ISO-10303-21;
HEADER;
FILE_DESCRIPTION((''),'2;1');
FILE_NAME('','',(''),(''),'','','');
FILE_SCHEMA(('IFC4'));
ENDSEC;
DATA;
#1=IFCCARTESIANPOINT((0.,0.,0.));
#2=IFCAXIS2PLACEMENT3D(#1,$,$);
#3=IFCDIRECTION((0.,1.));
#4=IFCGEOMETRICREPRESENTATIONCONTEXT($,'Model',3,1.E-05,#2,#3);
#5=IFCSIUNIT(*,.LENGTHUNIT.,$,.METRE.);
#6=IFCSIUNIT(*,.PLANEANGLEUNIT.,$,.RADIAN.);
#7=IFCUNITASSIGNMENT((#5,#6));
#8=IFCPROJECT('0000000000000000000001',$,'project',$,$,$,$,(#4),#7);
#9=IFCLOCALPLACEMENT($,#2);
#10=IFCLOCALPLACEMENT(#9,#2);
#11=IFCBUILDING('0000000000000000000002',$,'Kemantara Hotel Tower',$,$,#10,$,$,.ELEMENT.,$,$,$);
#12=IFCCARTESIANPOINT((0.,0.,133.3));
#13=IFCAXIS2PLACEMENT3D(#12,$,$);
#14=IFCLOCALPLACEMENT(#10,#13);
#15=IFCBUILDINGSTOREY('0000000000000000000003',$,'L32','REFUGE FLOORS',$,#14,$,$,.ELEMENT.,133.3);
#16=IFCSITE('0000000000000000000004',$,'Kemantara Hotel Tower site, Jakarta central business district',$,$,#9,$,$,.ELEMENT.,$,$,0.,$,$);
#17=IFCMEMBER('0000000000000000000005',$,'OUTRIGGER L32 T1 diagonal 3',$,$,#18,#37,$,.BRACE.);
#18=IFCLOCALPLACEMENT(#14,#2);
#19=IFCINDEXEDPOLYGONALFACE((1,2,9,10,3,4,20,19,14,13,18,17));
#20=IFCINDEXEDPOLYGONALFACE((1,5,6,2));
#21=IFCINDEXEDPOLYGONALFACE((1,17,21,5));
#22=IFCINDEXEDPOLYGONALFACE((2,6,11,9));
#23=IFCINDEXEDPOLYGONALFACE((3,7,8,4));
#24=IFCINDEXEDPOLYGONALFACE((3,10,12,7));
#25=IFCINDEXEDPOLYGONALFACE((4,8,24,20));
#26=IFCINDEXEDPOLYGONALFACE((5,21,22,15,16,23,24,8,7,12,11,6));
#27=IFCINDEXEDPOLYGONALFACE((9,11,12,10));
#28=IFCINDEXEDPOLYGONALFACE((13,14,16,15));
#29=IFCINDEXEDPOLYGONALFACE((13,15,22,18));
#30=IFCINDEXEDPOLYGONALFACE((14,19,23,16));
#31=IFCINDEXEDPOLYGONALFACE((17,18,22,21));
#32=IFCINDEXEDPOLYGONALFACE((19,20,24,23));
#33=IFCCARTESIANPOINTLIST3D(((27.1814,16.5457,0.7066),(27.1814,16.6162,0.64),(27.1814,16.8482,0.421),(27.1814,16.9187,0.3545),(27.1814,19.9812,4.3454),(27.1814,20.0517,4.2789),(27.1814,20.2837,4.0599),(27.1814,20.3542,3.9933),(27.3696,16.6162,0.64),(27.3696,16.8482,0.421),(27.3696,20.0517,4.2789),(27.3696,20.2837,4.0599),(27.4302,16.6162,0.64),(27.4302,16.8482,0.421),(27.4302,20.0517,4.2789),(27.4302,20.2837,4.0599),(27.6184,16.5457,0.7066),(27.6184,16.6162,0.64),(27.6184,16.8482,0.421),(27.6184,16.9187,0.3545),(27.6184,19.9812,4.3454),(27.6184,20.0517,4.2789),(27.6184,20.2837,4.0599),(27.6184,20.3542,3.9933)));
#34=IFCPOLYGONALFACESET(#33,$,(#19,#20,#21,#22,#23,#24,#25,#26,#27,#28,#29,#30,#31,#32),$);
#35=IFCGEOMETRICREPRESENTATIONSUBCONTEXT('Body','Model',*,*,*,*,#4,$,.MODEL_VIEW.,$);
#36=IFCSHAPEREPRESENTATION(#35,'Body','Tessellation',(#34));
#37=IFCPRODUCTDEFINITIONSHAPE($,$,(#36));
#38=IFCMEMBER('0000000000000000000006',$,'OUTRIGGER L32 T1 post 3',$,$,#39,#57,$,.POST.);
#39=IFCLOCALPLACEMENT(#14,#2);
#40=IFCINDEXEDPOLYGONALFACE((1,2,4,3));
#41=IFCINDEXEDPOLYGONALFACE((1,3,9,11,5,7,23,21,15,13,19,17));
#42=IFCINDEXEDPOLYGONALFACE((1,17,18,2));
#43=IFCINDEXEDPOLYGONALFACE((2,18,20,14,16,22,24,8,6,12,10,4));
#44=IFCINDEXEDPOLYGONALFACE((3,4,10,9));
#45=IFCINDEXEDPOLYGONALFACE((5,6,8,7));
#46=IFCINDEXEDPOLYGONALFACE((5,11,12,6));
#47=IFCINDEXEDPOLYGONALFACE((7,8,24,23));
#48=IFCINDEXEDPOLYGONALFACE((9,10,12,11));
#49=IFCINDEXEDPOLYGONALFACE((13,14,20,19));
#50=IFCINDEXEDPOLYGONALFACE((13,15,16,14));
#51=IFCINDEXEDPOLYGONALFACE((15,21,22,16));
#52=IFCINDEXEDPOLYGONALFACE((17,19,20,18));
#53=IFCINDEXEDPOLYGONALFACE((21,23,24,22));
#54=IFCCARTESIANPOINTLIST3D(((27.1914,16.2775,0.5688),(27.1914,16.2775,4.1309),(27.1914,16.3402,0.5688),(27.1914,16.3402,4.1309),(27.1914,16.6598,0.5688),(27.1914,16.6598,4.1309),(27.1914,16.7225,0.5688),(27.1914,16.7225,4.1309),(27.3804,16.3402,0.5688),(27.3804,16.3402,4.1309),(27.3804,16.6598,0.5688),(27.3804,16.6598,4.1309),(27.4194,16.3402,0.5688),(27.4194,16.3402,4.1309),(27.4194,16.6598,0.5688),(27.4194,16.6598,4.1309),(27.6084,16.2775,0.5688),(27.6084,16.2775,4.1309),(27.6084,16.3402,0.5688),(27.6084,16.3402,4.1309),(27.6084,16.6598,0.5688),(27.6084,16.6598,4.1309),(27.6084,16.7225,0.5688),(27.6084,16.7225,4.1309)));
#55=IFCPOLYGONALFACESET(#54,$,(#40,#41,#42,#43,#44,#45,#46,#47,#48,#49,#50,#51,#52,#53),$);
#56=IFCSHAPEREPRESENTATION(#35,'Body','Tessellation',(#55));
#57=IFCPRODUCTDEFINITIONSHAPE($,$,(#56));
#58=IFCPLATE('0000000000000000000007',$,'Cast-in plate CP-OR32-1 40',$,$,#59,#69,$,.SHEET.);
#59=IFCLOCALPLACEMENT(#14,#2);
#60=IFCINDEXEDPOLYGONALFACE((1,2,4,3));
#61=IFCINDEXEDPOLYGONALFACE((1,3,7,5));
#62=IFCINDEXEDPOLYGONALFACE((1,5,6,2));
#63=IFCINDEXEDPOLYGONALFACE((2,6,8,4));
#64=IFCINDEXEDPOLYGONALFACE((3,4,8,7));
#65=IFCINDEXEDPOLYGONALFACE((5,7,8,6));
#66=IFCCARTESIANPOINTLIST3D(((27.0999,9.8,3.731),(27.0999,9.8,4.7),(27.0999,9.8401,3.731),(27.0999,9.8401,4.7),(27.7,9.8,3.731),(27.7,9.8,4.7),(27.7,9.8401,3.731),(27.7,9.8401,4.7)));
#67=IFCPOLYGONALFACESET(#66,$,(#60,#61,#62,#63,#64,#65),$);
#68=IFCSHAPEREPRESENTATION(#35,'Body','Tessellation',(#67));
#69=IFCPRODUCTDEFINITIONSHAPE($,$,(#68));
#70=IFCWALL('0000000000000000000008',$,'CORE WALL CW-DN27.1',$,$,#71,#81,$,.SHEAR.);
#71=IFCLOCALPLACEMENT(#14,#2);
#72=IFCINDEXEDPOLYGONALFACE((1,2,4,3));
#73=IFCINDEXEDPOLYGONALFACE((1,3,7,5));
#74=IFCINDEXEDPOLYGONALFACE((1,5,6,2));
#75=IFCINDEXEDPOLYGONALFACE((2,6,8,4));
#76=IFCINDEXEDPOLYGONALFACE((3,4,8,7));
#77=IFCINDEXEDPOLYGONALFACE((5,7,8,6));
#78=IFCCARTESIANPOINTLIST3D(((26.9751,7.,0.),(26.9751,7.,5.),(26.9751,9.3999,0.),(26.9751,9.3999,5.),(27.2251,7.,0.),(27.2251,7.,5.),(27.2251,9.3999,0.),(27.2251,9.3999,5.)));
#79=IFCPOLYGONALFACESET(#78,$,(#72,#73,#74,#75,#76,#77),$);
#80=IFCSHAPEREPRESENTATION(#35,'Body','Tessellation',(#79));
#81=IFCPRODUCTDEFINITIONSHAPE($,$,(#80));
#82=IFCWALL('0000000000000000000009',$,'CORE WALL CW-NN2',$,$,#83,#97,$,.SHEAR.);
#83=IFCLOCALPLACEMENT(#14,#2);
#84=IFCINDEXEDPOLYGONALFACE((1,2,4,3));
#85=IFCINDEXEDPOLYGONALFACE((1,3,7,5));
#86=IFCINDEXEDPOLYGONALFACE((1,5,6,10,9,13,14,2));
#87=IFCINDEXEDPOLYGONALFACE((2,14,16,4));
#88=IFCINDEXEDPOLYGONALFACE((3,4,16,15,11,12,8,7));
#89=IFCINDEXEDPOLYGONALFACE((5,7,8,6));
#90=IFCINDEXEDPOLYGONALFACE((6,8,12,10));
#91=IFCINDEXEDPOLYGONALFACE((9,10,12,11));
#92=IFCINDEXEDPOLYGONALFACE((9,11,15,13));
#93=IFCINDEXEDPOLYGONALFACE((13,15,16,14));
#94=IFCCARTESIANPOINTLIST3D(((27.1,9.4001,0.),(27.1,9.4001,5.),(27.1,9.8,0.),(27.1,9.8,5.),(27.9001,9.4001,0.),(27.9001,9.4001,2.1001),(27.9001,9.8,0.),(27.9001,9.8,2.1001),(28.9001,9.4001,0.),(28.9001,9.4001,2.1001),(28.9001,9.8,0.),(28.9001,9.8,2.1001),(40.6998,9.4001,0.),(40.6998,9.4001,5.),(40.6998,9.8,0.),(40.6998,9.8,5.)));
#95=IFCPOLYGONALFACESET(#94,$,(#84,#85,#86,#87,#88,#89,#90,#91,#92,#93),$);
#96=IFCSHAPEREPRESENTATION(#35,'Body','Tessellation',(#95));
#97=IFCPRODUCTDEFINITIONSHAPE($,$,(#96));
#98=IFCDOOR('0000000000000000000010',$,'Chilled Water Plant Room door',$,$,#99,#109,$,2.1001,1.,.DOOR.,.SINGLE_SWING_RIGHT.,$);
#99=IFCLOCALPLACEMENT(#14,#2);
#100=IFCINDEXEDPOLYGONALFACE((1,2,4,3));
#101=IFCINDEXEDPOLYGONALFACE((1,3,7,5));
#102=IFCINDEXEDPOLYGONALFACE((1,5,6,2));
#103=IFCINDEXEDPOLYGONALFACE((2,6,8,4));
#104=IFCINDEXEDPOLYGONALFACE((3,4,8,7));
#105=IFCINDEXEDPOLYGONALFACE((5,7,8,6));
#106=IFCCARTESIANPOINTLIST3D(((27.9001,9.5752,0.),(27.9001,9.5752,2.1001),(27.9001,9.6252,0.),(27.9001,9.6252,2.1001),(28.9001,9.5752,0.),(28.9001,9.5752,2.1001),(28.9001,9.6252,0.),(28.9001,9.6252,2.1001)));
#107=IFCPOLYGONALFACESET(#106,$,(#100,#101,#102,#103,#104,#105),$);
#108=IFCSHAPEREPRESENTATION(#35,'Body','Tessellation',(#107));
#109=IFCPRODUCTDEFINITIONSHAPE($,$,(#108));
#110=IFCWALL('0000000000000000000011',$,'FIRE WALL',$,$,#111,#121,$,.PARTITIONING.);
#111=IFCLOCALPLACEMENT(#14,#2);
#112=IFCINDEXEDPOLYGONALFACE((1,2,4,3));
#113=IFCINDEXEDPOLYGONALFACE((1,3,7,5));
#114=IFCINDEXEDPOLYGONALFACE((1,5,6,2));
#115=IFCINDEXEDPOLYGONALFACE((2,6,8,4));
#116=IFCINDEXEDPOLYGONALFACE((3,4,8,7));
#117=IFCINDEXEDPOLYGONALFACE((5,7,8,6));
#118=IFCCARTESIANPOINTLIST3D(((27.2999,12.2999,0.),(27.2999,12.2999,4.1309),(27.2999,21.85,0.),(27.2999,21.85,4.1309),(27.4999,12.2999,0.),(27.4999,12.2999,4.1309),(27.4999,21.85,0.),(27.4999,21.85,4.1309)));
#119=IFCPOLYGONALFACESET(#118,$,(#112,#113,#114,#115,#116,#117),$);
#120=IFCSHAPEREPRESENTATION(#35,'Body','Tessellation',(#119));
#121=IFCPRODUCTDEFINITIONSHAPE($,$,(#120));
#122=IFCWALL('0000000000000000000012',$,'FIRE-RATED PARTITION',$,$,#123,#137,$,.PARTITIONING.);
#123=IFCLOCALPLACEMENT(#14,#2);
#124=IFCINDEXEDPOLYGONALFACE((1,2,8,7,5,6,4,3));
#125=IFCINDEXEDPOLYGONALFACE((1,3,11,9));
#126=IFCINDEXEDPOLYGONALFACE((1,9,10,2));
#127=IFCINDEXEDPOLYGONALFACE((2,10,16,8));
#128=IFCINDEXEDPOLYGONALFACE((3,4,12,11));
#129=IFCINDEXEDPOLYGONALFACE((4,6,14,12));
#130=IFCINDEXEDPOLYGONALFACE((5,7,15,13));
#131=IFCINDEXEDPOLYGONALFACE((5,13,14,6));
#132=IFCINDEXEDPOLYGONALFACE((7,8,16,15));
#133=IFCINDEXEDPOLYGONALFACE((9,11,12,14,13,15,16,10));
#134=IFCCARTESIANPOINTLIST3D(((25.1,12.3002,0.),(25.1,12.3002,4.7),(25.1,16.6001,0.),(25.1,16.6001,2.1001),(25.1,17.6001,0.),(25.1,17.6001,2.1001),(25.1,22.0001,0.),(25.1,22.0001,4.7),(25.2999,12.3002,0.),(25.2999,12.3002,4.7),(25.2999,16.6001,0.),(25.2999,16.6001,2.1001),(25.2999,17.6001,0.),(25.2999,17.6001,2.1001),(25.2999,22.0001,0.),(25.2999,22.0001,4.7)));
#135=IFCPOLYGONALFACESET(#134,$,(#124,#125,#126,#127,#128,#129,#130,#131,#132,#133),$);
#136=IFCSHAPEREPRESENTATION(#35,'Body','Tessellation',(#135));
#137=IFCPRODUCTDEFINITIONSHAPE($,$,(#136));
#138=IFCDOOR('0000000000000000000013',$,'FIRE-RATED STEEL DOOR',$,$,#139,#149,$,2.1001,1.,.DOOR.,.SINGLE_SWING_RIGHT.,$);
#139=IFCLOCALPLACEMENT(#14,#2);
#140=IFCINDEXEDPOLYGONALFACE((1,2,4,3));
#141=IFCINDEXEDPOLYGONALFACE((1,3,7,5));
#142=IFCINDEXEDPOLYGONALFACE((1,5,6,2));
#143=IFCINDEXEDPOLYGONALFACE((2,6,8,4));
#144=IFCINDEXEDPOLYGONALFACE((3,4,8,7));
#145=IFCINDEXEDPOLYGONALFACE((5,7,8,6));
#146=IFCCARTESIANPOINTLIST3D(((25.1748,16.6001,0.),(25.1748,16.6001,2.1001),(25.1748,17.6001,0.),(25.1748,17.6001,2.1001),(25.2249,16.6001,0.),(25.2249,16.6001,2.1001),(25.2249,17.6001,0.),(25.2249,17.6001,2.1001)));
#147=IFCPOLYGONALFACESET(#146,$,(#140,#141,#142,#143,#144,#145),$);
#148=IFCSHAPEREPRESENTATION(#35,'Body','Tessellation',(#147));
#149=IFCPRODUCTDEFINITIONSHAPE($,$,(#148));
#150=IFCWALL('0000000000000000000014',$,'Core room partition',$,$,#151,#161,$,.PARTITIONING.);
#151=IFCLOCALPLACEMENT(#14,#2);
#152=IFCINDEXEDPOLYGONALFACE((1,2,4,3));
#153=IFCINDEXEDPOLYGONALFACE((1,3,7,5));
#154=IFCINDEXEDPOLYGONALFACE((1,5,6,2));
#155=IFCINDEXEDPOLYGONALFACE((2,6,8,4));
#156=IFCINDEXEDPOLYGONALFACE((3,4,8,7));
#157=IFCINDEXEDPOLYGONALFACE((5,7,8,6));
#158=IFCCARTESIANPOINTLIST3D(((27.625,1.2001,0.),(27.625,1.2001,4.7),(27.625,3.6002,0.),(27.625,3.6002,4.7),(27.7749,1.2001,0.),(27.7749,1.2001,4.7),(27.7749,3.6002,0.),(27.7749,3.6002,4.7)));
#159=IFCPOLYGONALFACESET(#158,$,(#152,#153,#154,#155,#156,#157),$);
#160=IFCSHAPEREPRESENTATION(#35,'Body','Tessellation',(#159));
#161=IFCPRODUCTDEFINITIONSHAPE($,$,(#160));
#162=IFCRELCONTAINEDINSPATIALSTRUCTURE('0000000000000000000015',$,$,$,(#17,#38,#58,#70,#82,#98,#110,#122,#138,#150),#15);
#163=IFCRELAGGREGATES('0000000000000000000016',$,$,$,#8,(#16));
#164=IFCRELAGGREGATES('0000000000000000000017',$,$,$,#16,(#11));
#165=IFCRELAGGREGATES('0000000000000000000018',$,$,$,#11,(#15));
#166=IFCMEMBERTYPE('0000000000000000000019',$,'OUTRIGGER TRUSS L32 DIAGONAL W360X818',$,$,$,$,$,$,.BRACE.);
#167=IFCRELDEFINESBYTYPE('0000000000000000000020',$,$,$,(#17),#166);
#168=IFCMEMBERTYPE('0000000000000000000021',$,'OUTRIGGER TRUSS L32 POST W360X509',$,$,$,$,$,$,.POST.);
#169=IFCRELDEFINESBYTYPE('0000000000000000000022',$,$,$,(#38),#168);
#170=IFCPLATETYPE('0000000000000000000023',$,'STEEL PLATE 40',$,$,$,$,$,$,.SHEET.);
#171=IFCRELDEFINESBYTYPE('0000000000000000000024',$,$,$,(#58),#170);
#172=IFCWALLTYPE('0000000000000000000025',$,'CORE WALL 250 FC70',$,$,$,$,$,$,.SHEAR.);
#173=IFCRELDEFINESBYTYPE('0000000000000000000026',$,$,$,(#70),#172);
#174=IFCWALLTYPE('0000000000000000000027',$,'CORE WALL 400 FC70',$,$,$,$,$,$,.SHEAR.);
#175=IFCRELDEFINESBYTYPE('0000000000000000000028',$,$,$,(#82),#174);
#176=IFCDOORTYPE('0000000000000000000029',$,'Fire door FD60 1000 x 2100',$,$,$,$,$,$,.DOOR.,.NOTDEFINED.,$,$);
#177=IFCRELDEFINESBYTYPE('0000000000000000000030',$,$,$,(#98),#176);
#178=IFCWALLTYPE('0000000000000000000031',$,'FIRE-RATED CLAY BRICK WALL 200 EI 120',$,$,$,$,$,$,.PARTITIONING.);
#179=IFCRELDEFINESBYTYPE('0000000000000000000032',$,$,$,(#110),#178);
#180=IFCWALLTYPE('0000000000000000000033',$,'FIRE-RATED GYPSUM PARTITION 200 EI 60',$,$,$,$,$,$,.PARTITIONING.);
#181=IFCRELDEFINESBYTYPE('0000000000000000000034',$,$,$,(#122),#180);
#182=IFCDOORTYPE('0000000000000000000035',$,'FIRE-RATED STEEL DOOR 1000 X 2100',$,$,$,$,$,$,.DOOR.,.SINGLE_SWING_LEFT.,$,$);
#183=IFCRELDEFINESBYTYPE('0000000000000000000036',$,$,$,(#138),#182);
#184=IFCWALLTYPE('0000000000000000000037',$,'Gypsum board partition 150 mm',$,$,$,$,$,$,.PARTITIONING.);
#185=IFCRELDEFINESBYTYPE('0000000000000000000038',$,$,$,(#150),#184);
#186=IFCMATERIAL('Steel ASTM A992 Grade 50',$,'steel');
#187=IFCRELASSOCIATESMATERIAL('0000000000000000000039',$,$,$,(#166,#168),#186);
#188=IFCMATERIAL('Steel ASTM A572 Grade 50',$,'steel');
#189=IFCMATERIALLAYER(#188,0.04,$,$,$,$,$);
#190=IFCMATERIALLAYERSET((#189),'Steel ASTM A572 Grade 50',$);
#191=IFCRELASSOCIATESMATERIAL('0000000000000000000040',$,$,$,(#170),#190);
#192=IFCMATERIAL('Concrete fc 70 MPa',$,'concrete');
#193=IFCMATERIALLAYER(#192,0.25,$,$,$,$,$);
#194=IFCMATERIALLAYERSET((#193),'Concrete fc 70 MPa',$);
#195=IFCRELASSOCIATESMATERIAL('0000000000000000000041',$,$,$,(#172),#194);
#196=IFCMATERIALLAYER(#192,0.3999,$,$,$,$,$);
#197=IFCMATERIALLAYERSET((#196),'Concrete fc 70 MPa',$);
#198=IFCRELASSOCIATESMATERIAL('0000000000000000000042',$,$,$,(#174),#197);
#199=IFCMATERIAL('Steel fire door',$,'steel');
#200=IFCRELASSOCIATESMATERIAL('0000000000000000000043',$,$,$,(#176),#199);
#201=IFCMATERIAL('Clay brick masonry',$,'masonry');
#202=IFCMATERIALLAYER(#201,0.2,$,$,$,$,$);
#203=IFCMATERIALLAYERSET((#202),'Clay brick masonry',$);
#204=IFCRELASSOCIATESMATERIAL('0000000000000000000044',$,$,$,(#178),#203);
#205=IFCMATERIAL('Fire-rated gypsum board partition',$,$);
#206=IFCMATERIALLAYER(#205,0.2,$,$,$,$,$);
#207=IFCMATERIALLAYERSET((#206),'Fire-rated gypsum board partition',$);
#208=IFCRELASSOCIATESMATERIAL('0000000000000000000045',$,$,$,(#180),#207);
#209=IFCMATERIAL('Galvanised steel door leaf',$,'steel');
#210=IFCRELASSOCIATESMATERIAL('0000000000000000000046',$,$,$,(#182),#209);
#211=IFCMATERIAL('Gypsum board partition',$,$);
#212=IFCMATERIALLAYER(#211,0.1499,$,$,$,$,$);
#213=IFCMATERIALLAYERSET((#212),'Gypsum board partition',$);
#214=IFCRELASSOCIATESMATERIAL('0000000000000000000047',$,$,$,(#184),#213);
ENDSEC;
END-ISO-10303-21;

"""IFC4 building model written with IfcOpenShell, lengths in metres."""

from ifc_helpers import new_model, si_unit, direction, frame, frame_2d, origin, origin_2d, place, context, subcontext, project, spatial, rectangle, i_section, extrude, source, transform, mapped, material, layer, layer_set, material_profile, profile_set, type_object, element, fill, save


model = new_model("IFC4")

# Units and contexts
model_context = context("Model", 3, precision=1e-05, world=origin(), true_north=direction((0.0, 1.0)))
body_context = subcontext(model_context, "Body", "Model", "MODEL_VIEW")
ifc_project = project(units=[si_unit("LENGTHUNIT", "METRE"), si_unit("PLANEANGLEUNIT", "RADIAN")], contexts=[model_context])

# Site, building, storey
site_placement = place(None, origin())
site = spatial("IfcSite", under=ifc_project, at=site_placement, Name="Kemantara Hotel Tower site, Jakarta central business district", CompositionType="ELEMENT", RefElevation=0.0)
building_placement = place(site_placement, origin())
building = spatial("IfcBuilding", under=site, at=building_placement, Name="Kemantara Hotel Tower", CompositionType="ELEMENT")
storey_placement = place(building_placement, frame((0.0, 0.0, 133.3)))
storey = spatial("IfcBuildingStorey", under=building, at=storey_placement, Name="L32", Description="REFUGE FLOORS", CompositionType="ELEMENT", Elevation=133.3)

# Shared definitions
ifc_material_1 = material(Name="Concrete fc 70 MPa", Category="concrete")

# Shared definitions
ifc_material_2 = material(Name="Steel ASTM A992 Grade 50", Category="steel")

# Members
ifc_material_profile_1 = material_profile(ifc_material_2, i_section(OverallWidth=0.437, OverallDepth=0.5129, WebThickness=0.0605, FlangeThickness=0.0969, at=origin_2d()), Name="W360X818")
ifc_profile_set_1 = profile_set([ifc_material_profile_1], Name="Steel ASTM A992 Grade 50")
member_type_1 = type_object("IfcMemberType", Name="OUTRIGGER TRUSS L32 DIAGONAL W360X818", PredefinedType="BRACE", material=ifc_profile_set_1)
member_1_placement = place(storey_placement, frame((27.3999, 16.7322, 0.5305), z_axis=(0.0, 0.686496, 0.727134), x_axis=(-1.0, 0.0, 0.0)))
element("IfcMember", 1, at=member_1_placement, inside=storey, type_object=member_type_1, Name="OUTRIGGER L32 T1 diagonal 3", PredefinedType="BRACE", context=body_context, shape_type="SweptSolid", body=[
    extrude(i_section(OverallWidth=0.437, OverallDepth=0.5129, WebThickness=0.0605, FlangeThickness=0.0969, at=origin_2d()), origin(), (0.0, 0.0, 1.0), 5.0044),
])
ifc_material_profile_2 = material_profile(ifc_material_2, i_section(OverallWidth=0.417, OverallDepth=0.4451, WebThickness=0.0391, FlangeThickness=0.0627, at=origin_2d()), Name="W360X509")
ifc_profile_set_2 = profile_set([ifc_material_profile_2], Name="Steel ASTM A992 Grade 50")
member_type_2 = type_object("IfcMemberType", Name="OUTRIGGER TRUSS L32 POST W360X509", PredefinedType="POST", material=ifc_profile_set_2)
member_2_placement = place(storey_placement, frame((27.3999, 16.5, 0.5688), z_axis=(0.0, 0.0, 1.0), x_axis=(1.0, 0.0, 0.0)))
element("IfcMember", 2, at=member_2_placement, inside=storey, type_object=member_type_2, Name="OUTRIGGER L32 T1 post 3", PredefinedType="POST", context=body_context, shape_type="SweptSolid", body=[
    extrude(i_section(OverallWidth=0.417, OverallDepth=0.4451, WebThickness=0.0391, FlangeThickness=0.0627, at=origin_2d()), origin(), (0.0, 0.0, 1.0), 3.562),
])

# Plate
ifc_material_3 = material(Name="Steel ASTM A572 Grade 50", Category="steel")
ifc_layer_1 = layer(ifc_material_3, 0.04)
ifc_layer_set_1 = layer_set([ifc_layer_1], Name="Steel ASTM A572 Grade 50")
plate_type = type_object("IfcPlateType", Name="STEEL PLATE 40", PredefinedType="SHEET", material=ifc_layer_set_1)
shared_shape_1 = source(origin(), body_context, "Body", "SweptSolid", [
    extrude(rectangle(XDim=0.6001, YDim=0.04, at=origin_2d()), origin(), (0.0, 0.0, 1.0), 0.969),
])
plate_placement = place(storey_placement, frame((27.3999, 9.8201, 3.731), z_axis=(0.0, 0.0, 1.0), x_axis=(1.0, 0.0, 0.0)))
element("IfcPlate", 3, at=plate_placement, inside=storey, type_object=plate_type, Name="Cast-in plate CP-OR32-1 40", PredefinedType="SHEET", context=body_context, shape_type="MappedRepresentation", body=[
    mapped(shared_shape_1, transform((0.0, 0.0, 0.0))),
])

# Wall
ifc_layer_2 = layer(ifc_material_1, 0.25)
ifc_layer_set_2 = layer_set([ifc_layer_2], Name="Concrete fc 70 MPa")
wall_type_1 = type_object("IfcWallType", Name="CORE WALL 250 FC70", PredefinedType="SHEAR", material=ifc_layer_set_2)
wall_1_placement = place(storey_placement, frame((27.1001, 7.0, 0.0), z_axis=(0.0, 0.0, 1.0), x_axis=(0.0, 1.0, 0.0)))
element("IfcWall", 4, at=wall_1_placement, inside=storey, type_object=wall_type_1, Name="CORE WALL CW-DN27.1", PredefinedType="SHEAR", context=body_context, shape_type="SweptSolid", body=[
    extrude(rectangle(XDim=2.3999, YDim=0.25, at=frame_2d((1.2, 0.0))), origin(), (0.0, 0.0, 1.0), 5.0),
])

# Wall, opening, door
ifc_layer_3 = layer(ifc_material_1, 0.3999)
ifc_layer_set_3 = layer_set([ifc_layer_3], Name="Concrete fc 70 MPa")
wall_type_2 = type_object("IfcWallType", Name="CORE WALL 400 FC70", PredefinedType="SHEAR", material=ifc_layer_set_3)
wall_2_placement = place(storey_placement, frame((27.1001, 9.6001, 0.0), z_axis=(0.0, 0.0, 1.0), x_axis=(1.0, 0.0, 0.0)))
wall_2 = element("IfcWall", 5, at=wall_2_placement, inside=storey, type_object=wall_type_2, Name="CORE WALL CW-NN2", PredefinedType="SHEAR", context=body_context, shape_type="SweptSolid", body=[
    extrude(rectangle(XDim=13.5999, YDim=0.3999, at=frame_2d((6.7998, 0.0))), origin(), (0.0, 0.0, 1.0), 5.0),
])
opening_1_placement = place(wall_2_placement, frame((0.8, 0.0, 0.0)))
opening_1 = element("IfcOpeningElement", 6, at=opening_1_placement, cuts=wall_2, PredefinedType="OPENING", context=body_context, shape_type="SweptSolid", body=[
    extrude(rectangle(XDim=1.0, YDim=2.1001, at=frame_2d((0.5, 1.05))), frame((0.0, 0.21, 0.0), z_axis=(0.0, -1.0, 0.0), x_axis=(1.0, 0.0, 0.0)), (0.0, 0.0, 1.0), 0.4199),
])
ifc_material_4 = material(Name="Steel fire door", Category="steel")
door_type_1 = type_object("IfcDoorType", Name="Fire door FD60 1000 x 2100", OperationType="NOTDEFINED", PredefinedType="DOOR", material=ifc_material_4)
door_1_placement = place(opening_1_placement, frame((1.0, 0.0, 0.0), z_axis=(0.0, 0.0, 1.0), x_axis=(-1.0, 0.0, 0.0)))
door_1 = element("IfcDoor", 7, at=door_1_placement, inside=storey, type_object=door_type_1, Name="Chilled Water Plant Room door", OperationType="SINGLE_SWING_RIGHT", OverallHeight=2.1001, OverallWidth=1.0, PredefinedType="DOOR", context=body_context, shape_type="SweptSolid", body=[
    extrude(rectangle(XDim=1.0, YDim=2.1001, at=frame_2d((0.5, 1.05))), frame((0.0, 0.0249, 0.0), z_axis=(0.0, -1.0, 0.0), x_axis=(1.0, 0.0, 0.0)), (0.0, 0.0, 1.0), 0.05),
])
fill(opening_1, door_1)

# Wall
ifc_material_5 = material(Name="Clay brick masonry", Category="masonry")
ifc_layer_4 = layer(ifc_material_5, 0.2)
ifc_layer_set_4 = layer_set([ifc_layer_4], Name="Clay brick masonry")
wall_type_3 = type_object("IfcWallType", Name="FIRE-RATED CLAY BRICK WALL 200 EI 120", PredefinedType="PARTITIONING", material=ifc_layer_set_4)
wall_3_placement = place(storey_placement, frame((27.3999, 12.3, 0.0), z_axis=(0.0, 0.0, 1.0), x_axis=(0.0, 1.0, 0.0)))
element("IfcWall", 8, at=wall_3_placement, inside=storey, type_object=wall_type_3, Name="FIRE WALL", PredefinedType="PARTITIONING", context=body_context, shape_type="SweptSolid", body=[
    extrude(rectangle(XDim=9.55, YDim=0.2, at=frame_2d((4.7749, 0.0))), origin(), (0.0, 0.0, 1.0), 4.1309),
])

# Wall, opening, door
ifc_material_6 = material(Name="Fire-rated gypsum board partition")
ifc_layer_5 = layer(ifc_material_6, 0.2)
ifc_layer_set_5 = layer_set([ifc_layer_5], Name="Fire-rated gypsum board partition")
wall_type_4 = type_object("IfcWallType", Name="FIRE-RATED GYPSUM PARTITION 200 EI 60", PredefinedType="PARTITIONING", material=ifc_layer_set_5)
wall_4_placement = place(storey_placement, frame((25.2, 12.3, 0.0), z_axis=(0.0, 0.0, 1.0), x_axis=(0.0, 1.0, 0.0)))
wall_4 = element("IfcWall", 9, at=wall_4_placement, inside=storey, type_object=wall_type_4, Name="FIRE-RATED PARTITION", PredefinedType="PARTITIONING", context=body_context, shape_type="SweptSolid", body=[
    extrude(rectangle(XDim=9.7, YDim=0.2, at=frame_2d((4.8501, 0.0))), origin(), (0.0, 0.0, 1.0), 4.7),
])
opening_2_placement = place(wall_4_placement, frame((4.3, 0.0, 0.0)))
opening_2 = element("IfcOpeningElement", 10, at=opening_2_placement, cuts=wall_4, PredefinedType="OPENING", context=body_context, shape_type="SweptSolid", body=[
    extrude(rectangle(XDim=1.0, YDim=2.1001, at=frame_2d((0.5, 1.05))), frame((0.0, 0.1099, 0.0), z_axis=(0.0, -1.0, 0.0), x_axis=(1.0, 0.0, 0.0)), (0.0, 0.0, 1.0), 0.22),
])
ifc_material_7 = material(Name="Galvanised steel door leaf", Category="steel")
door_type_2 = type_object("IfcDoorType", Name="FIRE-RATED STEEL DOOR 1000 X 2100", OperationType="SINGLE_SWING_LEFT", PredefinedType="DOOR", material=ifc_material_7)
door_2_placement = place(opening_2_placement, frame((1.0, 0.0, 0.0), z_axis=(0.0, 0.0, 1.0), x_axis=(-1.0, 0.0, 0.0)))
door_2 = element("IfcDoor", 11, at=door_2_placement, inside=storey, type_object=door_type_2, Name="FIRE-RATED STEEL DOOR", OperationType="SINGLE_SWING_RIGHT", OverallHeight=2.1001, OverallWidth=1.0, PredefinedType="DOOR", context=body_context, shape_type="SweptSolid", body=[
    extrude(rectangle(XDim=1.0, YDim=2.1001, at=frame_2d((0.5, 1.05))), frame((0.0, 0.0249, 0.0), z_axis=(0.0, -1.0, 0.0), x_axis=(1.0, 0.0, 0.0)), (0.0, 0.0, 1.0), 0.05),
])
fill(opening_2, door_2)

# Wall
ifc_material_8 = material(Name="Gypsum board partition")
ifc_layer_6 = layer(ifc_material_8, 0.1499)
ifc_layer_set_6 = layer_set([ifc_layer_6], Name="Gypsum board partition")
wall_type_5 = type_object("IfcWallType", Name="Gypsum board partition 150 mm", PredefinedType="PARTITIONING", material=ifc_layer_set_6)
for number, where, z_axis, x_axis, name in (
    (12, (27.7, 1.2, 0.0), (0.0, 0.0, 1.0), (0.0, 1.0, 0.0), "Core room partition"),
):
    element("IfcWall", number, at=place(storey_placement, frame(where, z_axis=z_axis, x_axis=x_axis)), inside=storey, type_object=wall_type_5, Name=name, PredefinedType="PARTITIONING", context=body_context, shape_type="SweptSolid", body=[
        extrude(rectangle(XDim=2.4001, YDim=0.1499, at=frame_2d((1.2002, 0.0))), origin(), (0.0, 0.0, 1.0), 4.7),
    ])

save(model, "model.ifc")
